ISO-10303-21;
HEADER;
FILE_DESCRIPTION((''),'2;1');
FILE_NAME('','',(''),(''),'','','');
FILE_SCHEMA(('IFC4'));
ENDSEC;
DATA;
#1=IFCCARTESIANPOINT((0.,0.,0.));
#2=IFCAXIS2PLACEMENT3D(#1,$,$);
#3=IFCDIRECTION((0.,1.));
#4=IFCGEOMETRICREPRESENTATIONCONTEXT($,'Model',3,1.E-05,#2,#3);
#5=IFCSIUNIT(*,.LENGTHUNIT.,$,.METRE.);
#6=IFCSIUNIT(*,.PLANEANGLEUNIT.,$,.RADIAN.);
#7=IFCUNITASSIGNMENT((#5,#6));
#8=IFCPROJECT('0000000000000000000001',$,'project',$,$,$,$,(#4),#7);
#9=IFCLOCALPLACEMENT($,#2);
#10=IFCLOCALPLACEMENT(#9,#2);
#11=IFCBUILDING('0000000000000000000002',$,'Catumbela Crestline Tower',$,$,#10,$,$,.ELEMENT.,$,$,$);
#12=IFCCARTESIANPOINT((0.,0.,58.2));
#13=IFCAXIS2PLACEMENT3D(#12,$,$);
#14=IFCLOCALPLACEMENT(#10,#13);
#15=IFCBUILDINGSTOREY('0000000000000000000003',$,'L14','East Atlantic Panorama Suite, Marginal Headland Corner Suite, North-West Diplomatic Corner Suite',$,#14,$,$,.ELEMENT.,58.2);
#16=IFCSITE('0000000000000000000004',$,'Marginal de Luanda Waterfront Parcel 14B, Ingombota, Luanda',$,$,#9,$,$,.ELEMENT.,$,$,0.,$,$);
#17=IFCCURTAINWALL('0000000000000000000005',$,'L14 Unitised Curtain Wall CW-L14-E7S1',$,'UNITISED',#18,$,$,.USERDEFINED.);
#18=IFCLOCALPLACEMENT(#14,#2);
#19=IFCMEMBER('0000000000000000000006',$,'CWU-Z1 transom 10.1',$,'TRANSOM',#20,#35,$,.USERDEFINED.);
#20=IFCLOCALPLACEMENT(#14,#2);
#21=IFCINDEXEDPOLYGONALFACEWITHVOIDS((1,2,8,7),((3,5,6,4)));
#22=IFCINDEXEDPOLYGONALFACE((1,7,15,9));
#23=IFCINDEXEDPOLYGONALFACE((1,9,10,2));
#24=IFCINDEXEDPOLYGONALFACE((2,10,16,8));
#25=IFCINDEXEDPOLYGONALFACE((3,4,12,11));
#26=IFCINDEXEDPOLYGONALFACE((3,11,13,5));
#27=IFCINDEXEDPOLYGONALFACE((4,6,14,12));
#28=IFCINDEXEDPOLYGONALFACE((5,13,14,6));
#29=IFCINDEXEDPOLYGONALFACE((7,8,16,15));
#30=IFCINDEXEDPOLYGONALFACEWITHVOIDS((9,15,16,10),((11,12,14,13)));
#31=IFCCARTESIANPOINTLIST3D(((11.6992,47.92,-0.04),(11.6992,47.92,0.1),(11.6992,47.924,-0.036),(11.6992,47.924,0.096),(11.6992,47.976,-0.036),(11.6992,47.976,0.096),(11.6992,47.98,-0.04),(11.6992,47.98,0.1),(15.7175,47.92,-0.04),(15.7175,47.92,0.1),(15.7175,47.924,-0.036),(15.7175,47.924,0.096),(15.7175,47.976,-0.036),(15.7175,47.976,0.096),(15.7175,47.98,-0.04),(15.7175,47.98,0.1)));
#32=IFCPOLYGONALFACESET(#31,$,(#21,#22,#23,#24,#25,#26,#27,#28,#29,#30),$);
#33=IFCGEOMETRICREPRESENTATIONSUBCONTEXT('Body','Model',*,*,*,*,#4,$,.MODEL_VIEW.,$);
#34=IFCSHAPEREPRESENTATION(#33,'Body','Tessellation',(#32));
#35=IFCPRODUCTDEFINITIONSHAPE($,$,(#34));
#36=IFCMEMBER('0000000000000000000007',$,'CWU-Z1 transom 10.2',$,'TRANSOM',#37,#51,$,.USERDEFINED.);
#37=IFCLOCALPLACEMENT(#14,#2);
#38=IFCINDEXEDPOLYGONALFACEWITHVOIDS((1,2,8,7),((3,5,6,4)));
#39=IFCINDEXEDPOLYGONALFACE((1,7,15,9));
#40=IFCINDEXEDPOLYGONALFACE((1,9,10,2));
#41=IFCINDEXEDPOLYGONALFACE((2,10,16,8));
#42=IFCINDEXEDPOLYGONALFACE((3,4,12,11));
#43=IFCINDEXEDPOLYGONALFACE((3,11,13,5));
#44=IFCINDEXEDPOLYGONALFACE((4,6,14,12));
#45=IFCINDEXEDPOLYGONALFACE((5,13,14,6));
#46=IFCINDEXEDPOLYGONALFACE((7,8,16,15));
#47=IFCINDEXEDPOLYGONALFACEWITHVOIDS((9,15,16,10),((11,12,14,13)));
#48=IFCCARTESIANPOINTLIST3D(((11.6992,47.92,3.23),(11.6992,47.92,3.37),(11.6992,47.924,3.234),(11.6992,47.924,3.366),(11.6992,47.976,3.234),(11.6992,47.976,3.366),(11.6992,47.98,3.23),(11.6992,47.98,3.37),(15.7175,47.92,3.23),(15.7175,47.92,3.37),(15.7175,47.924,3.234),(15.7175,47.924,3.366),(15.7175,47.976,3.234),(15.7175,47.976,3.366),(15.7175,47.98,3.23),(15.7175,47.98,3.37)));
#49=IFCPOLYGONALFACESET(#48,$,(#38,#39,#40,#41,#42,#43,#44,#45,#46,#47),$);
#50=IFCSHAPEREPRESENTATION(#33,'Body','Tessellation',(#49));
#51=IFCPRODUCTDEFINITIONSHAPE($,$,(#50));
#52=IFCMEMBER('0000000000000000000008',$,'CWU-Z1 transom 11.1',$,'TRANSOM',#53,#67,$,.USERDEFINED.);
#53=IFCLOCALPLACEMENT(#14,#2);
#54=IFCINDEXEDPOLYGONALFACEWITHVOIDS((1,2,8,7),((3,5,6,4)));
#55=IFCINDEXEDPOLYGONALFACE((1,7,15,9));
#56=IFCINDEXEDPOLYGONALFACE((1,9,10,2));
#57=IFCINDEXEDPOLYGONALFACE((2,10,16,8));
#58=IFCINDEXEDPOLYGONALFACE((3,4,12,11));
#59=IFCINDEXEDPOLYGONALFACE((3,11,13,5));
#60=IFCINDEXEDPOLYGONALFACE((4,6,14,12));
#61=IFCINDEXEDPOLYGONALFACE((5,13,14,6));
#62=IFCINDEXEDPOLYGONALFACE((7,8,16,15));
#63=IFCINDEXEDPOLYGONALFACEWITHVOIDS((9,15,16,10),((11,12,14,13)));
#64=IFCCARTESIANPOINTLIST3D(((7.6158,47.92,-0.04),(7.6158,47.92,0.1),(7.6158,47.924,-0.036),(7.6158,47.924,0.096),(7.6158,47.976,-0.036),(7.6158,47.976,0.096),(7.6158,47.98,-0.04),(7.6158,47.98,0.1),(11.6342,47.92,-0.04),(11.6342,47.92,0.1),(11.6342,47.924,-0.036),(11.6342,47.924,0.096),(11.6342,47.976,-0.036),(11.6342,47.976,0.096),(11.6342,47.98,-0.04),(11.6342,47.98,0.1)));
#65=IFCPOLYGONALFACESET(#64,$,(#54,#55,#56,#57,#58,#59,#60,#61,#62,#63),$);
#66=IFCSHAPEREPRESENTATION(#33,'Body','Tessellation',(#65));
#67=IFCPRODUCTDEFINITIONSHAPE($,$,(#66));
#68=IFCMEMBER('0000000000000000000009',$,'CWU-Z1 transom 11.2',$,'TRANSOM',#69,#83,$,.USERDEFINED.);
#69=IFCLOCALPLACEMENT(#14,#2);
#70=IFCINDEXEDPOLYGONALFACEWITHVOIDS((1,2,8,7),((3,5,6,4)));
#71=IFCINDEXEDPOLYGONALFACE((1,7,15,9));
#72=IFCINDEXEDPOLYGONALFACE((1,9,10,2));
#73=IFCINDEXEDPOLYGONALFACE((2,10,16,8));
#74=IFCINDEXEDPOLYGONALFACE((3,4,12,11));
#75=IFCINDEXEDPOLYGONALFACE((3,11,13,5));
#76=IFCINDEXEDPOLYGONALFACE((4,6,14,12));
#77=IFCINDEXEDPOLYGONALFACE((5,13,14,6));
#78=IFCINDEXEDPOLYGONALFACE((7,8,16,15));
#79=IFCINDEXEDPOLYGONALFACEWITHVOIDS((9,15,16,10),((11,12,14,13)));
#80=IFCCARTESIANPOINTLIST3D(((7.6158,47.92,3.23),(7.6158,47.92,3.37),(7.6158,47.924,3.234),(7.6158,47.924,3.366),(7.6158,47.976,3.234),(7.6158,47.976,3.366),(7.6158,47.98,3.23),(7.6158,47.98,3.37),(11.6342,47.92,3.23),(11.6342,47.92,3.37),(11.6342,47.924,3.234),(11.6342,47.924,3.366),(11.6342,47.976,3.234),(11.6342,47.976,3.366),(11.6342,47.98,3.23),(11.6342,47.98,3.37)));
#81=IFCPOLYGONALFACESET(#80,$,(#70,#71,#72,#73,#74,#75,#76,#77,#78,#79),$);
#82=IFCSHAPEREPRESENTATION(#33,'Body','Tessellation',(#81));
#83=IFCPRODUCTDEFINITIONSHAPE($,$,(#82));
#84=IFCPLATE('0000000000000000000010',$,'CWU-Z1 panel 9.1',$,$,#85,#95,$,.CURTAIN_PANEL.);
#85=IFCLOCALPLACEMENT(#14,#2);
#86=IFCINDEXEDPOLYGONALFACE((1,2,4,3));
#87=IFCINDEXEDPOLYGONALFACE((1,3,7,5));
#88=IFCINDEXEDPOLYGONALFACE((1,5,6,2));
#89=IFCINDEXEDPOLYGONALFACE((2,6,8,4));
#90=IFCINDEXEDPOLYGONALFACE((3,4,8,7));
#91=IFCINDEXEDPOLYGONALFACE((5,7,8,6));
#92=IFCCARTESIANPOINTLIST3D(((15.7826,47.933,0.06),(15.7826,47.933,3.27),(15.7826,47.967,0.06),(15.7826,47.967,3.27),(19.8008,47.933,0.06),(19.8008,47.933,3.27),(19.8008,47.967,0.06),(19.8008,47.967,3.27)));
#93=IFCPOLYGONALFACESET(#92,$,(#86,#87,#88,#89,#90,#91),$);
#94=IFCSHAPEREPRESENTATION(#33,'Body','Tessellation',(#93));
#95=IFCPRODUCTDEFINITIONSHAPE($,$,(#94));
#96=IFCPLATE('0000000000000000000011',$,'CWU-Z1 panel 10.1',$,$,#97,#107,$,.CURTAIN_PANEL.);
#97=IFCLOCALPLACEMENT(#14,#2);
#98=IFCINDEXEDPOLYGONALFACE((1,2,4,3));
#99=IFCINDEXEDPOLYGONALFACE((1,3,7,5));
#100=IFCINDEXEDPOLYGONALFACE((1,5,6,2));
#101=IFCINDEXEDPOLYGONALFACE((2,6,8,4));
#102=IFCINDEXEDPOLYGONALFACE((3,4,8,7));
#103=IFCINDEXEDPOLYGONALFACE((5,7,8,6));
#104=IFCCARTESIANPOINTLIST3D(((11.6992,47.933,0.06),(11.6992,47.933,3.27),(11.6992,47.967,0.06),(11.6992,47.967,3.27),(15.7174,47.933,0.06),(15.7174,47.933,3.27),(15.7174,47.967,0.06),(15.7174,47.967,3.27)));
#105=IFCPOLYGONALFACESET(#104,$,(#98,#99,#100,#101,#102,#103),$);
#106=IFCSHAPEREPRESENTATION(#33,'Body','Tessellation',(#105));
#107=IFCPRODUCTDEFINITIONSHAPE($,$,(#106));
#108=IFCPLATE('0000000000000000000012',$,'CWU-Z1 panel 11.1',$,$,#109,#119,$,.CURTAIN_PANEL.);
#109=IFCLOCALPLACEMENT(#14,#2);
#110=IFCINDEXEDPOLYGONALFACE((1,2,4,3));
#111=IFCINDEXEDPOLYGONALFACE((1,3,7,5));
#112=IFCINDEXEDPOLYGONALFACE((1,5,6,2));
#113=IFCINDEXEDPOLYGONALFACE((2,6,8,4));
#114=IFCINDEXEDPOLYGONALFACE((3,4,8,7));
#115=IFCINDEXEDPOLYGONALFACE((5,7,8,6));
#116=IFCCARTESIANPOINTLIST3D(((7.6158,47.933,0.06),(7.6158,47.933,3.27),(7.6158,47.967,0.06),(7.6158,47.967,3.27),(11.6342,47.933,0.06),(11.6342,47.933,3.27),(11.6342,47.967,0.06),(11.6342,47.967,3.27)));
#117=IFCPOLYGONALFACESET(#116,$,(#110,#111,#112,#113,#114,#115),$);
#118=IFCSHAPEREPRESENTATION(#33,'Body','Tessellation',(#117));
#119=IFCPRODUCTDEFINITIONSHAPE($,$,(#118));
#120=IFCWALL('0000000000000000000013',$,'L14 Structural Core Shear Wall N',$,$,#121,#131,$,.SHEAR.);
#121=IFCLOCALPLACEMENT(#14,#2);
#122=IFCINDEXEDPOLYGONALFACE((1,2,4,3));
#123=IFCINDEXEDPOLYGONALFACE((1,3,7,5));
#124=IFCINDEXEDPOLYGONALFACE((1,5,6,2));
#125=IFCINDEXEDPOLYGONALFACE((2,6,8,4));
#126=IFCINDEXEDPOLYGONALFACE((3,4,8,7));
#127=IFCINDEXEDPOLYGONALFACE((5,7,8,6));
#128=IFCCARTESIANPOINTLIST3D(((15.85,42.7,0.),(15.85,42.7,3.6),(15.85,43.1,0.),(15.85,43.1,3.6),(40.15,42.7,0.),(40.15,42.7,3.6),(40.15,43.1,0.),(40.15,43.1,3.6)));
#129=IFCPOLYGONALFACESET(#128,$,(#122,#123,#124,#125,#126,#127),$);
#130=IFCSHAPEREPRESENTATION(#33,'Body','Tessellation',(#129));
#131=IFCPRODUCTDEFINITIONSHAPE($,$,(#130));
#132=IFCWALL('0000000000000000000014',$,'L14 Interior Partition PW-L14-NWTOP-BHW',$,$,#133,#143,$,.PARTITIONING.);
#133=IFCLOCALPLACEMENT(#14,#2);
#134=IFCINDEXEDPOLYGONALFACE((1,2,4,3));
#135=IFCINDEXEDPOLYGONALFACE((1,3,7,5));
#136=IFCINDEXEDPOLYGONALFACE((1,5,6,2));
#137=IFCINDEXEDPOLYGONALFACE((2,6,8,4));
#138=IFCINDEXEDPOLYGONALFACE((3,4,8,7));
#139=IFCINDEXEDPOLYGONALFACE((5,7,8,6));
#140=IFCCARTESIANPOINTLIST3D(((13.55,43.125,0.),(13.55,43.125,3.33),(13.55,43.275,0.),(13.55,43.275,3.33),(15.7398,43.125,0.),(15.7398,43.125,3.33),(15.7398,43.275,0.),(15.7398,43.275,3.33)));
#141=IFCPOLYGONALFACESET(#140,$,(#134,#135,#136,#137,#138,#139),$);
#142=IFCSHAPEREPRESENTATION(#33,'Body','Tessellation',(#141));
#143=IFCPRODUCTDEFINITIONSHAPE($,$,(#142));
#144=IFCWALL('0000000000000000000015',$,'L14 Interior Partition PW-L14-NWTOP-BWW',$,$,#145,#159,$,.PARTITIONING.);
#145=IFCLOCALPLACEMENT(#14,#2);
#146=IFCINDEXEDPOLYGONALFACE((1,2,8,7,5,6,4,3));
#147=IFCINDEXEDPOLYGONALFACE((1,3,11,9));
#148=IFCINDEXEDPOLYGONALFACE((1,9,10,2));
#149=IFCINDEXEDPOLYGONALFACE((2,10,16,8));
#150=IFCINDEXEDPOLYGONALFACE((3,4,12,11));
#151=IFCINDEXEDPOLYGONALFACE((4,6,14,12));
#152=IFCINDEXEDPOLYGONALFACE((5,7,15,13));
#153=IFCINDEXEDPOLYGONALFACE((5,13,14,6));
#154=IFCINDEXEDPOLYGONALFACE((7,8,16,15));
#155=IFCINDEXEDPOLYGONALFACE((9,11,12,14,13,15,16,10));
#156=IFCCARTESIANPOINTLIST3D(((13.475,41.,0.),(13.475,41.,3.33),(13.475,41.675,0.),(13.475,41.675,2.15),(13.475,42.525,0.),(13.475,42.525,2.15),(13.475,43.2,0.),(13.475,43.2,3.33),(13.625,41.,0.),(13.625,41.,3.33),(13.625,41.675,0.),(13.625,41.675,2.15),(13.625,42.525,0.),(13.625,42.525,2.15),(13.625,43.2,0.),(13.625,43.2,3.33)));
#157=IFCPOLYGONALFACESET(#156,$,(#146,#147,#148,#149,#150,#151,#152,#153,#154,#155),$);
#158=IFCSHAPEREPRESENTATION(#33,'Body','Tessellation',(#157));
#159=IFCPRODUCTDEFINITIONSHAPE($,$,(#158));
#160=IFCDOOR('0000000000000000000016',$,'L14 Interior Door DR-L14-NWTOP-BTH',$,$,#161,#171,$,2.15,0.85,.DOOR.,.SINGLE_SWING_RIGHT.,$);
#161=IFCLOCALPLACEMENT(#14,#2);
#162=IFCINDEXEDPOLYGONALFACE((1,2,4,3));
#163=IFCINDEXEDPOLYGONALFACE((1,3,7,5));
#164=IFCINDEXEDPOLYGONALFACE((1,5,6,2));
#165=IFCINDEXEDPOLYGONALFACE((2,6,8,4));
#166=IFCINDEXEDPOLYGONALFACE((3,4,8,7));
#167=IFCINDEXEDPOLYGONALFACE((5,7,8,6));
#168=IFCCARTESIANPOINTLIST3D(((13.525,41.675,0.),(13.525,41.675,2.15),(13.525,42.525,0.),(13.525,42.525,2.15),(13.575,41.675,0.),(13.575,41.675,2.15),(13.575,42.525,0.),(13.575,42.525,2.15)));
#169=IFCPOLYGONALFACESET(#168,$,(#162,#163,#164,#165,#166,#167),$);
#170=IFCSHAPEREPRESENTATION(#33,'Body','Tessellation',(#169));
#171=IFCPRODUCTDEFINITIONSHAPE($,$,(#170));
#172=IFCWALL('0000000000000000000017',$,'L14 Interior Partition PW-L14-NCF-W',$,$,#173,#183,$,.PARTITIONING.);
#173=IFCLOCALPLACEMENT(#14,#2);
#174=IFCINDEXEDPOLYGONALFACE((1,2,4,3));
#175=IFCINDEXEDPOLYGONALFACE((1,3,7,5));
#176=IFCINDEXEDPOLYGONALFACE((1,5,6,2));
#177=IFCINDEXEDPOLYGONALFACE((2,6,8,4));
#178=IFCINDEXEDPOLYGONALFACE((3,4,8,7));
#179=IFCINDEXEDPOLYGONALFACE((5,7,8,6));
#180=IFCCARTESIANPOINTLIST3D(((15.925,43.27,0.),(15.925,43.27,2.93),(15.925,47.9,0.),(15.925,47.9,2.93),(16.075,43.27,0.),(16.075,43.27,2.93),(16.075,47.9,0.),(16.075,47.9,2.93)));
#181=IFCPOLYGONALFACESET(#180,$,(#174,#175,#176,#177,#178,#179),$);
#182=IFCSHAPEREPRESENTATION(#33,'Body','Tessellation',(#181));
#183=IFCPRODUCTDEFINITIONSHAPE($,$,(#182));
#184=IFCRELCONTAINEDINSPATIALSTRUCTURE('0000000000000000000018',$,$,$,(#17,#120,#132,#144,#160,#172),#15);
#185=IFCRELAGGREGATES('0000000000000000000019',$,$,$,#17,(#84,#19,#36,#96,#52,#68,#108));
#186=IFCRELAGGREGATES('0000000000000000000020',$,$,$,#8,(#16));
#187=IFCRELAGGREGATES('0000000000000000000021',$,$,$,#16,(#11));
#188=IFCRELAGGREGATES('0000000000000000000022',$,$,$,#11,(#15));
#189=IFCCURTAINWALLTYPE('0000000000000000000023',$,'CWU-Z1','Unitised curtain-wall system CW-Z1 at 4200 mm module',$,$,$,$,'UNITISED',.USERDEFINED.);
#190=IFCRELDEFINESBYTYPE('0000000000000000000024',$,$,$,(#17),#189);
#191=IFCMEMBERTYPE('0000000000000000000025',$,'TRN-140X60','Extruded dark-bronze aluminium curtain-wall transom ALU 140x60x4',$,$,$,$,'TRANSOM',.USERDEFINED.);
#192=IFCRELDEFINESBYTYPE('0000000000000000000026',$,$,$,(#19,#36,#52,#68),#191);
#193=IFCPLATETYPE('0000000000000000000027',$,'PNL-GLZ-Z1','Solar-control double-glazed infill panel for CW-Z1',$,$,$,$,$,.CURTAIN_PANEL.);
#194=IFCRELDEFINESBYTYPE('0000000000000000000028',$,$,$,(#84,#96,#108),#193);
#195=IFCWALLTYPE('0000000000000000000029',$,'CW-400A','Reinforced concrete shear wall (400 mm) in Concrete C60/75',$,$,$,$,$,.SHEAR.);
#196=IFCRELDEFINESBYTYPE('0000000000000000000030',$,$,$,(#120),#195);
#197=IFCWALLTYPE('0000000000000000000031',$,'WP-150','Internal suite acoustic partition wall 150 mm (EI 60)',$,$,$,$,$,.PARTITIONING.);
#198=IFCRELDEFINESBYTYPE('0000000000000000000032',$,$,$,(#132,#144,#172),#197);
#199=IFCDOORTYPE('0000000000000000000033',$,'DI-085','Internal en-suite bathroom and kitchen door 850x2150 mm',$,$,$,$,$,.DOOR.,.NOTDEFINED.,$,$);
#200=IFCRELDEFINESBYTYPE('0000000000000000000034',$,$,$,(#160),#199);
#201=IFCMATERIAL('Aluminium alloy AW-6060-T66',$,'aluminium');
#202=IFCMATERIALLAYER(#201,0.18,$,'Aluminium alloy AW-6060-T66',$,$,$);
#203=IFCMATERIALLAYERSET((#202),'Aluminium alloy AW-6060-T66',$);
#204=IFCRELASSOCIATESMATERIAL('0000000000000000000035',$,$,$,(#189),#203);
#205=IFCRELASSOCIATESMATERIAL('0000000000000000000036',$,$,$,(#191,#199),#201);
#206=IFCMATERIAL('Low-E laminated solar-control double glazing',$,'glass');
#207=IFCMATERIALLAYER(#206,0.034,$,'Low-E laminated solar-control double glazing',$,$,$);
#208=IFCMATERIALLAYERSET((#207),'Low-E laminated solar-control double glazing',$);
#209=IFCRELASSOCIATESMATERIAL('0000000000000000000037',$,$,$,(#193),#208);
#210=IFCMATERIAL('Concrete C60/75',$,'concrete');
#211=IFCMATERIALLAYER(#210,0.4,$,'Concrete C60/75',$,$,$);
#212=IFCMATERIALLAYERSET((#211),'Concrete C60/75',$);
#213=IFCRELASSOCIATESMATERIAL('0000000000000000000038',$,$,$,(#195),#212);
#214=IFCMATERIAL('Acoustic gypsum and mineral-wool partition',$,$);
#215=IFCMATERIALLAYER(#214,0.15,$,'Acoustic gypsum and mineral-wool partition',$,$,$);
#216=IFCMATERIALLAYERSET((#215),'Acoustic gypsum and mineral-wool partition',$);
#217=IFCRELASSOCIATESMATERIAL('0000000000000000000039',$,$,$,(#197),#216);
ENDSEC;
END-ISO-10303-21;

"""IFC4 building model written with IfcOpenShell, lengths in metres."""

from ifc_helpers import new_model, si_unit, direction, frame, frame_2d, origin, origin_2d, place, context, subcontext, project, spatial, rectangle, hollow_rectangle, extrude, material, layer, layer_set, material_profile, profile_set, type_object, element, fill, aggregate, save


model = new_model("IFC4")

# Units and contexts
model_context = context("Model", 3, precision=1e-05, world=origin(), true_north=direction((0.0, 1.0)))
body_context = subcontext(model_context, "Body", "Model", "MODEL_VIEW")
ifc_project = project(units=[si_unit("LENGTHUNIT", "METRE"), si_unit("PLANEANGLEUNIT", "RADIAN")], contexts=[model_context])

# Site, building, storey
site_placement = place(None, origin())
site = spatial("IfcSite", under=ifc_project, at=site_placement, Name="Marginal de Luanda Waterfront Parcel 14B, Ingombota, Luanda", CompositionType="ELEMENT", RefElevation=0.0)
building_placement = place(site_placement, origin())
building = spatial("IfcBuilding", under=site, at=building_placement, Name="Catumbela Crestline Tower", CompositionType="ELEMENT")
storey_placement = place(building_placement, frame((0.0, 0.0, 58.2)))
storey = spatial("IfcBuildingStorey", under=building, at=storey_placement, Name="L14", Description="East Atlantic Panorama Suite, Marginal Headland Corner Suite, North-West Diplomatic Corner Suite", CompositionType="ELEMENT", Elevation=58.2)

# Curtain wall
ifc_material_1 = material(Name="Aluminium alloy AW-6060-T66", Category="aluminium")
ifc_layer_1 = layer(ifc_material_1, 0.18, Name="Aluminium alloy AW-6060-T66")
ifc_layer_set_1 = layer_set([ifc_layer_1], Name="Aluminium alloy AW-6060-T66")
curtain_wall_type = type_object("IfcCurtainWallType", Name="CWU-Z1", Description="Unitised curtain-wall system CW-Z1 at 4200 mm module", ElementType="UNITISED", PredefinedType="USERDEFINED", material=ifc_layer_set_1)
curtain_wall_placement = place(storey_placement, origin())
curtain_wall = element("IfcCurtainWall", 1, at=curtain_wall_placement, inside=storey, type_object=curtain_wall_type, Name="L14 Unitised Curtain Wall CW-L14-E7S1", ObjectType="UNITISED", PredefinedType="USERDEFINED")

# Members
ifc_material_profile_1 = material_profile(ifc_material_1, hollow_rectangle(XDim=0.06, YDim=0.14, WallThickness=0.004, at=origin_2d()), Name="ALU 140x60x4")
ifc_profile_set_1 = profile_set([ifc_material_profile_1], Name="Aluminium alloy AW-6060-T66")
member_type_1 = type_object("IfcMemberType", Name="TRN-140X60", Description="Extruded dark-bronze aluminium curtain-wall transom ALU 140x60x4", ElementType="TRANSOM", PredefinedType="USERDEFINED", material=ifc_profile_set_1)
member_1_placement = place(storey_placement, frame((15.7175, 47.95, 0.03), z_axis=(-1.0, 0.0, 0.0), x_axis=(0.0, -1.0, 0.0)))
member_1 = element("IfcMember", 2, at=member_1_placement, type_object=member_type_1, Name="CWU-Z1 transom 10.1", ObjectType="TRANSOM", PredefinedType="USERDEFINED", context=body_context, shape_type="SweptSolid", body=[
    extrude(hollow_rectangle(XDim=0.06, YDim=0.14, WallThickness=0.004, at=origin_2d()), origin(), (0.0, 0.0, 1.0), 4.0183),
])
member_2_placement = place(storey_placement, frame((15.7175, 47.95, 3.3), z_axis=(-1.0, 0.0, 0.0), x_axis=(0.0, -1.0, 0.0)))
member_2 = element("IfcMember", 3, at=member_2_placement, type_object=member_type_1, Name="CWU-Z1 transom 10.2", ObjectType="TRANSOM", PredefinedType="USERDEFINED", context=body_context, shape_type="SweptSolid", body=[
    extrude(hollow_rectangle(XDim=0.06, YDim=0.14, WallThickness=0.004, at=origin_2d()), origin(), (0.0, 0.0, 1.0), 4.0183),
])
member_3_placement = place(storey_placement, frame((11.6342, 47.95, 0.03), z_axis=(-1.0, 0.0, 0.0), x_axis=(0.0, -1.0, 0.0)))
member_3 = element("IfcMember", 4, at=member_3_placement, type_object=member_type_1, Name="CWU-Z1 transom 11.1", ObjectType="TRANSOM", PredefinedType="USERDEFINED", context=body_context, shape_type="SweptSolid", body=[
    extrude(hollow_rectangle(XDim=0.06, YDim=0.14, WallThickness=0.004, at=origin_2d()), origin(), (0.0, 0.0, 1.0), 4.0184),
])
member_4_placement = place(storey_placement, frame((11.6342, 47.95, 3.3), z_axis=(-1.0, 0.0, 0.0), x_axis=(0.0, -1.0, 0.0)))
member_4 = element("IfcMember", 5, at=member_4_placement, type_object=member_type_1, Name="CWU-Z1 transom 11.2", ObjectType="TRANSOM", PredefinedType="USERDEFINED", context=body_context, shape_type="SweptSolid", body=[
    extrude(hollow_rectangle(XDim=0.06, YDim=0.14, WallThickness=0.004, at=origin_2d()), origin(), (0.0, 0.0, 1.0), 4.0184),
])

# Plates
ifc_material_2 = material(Name="Low-E laminated solar-control double glazing", Category="glass")
ifc_layer_2 = layer(ifc_material_2, 0.034, Name="Low-E laminated solar-control double glazing")
ifc_layer_set_2 = layer_set([ifc_layer_2], Name="Low-E laminated solar-control double glazing")
plate_type = type_object("IfcPlateType", Name="PNL-GLZ-Z1", Description="Solar-control double-glazed infill panel for CW-Z1", PredefinedType="CURTAIN_PANEL", material=ifc_layer_set_2)
plate_1_placement = place(storey_placement, frame((17.7917, 47.95, 0.06), z_axis=(0.0, 0.0, 1.0), x_axis=(-1.0, 0.0, 0.0)))
plate_1 = element("IfcPlate", 6, at=plate_1_placement, type_object=plate_type, Name="CWU-Z1 panel 9.1", PredefinedType="CURTAIN_PANEL", context=body_context, shape_type="SweptSolid", body=[
    extrude(rectangle(XDim=4.0183, YDim=0.034, at=origin_2d()), origin(), (0.0, 0.0, 1.0), 3.21),
])
plate_2_placement = place(storey_placement, frame((13.7083, 47.95, 0.06), z_axis=(0.0, 0.0, 1.0), x_axis=(-1.0, 0.0, 0.0)))
plate_2 = element("IfcPlate", 7, at=plate_2_placement, type_object=plate_type, Name="CWU-Z1 panel 10.1", PredefinedType="CURTAIN_PANEL", context=body_context, shape_type="SweptSolid", body=[
    extrude(rectangle(XDim=4.0183, YDim=0.034, at=origin_2d()), origin(), (0.0, 0.0, 1.0), 3.21),
])
plate_3_placement = place(storey_placement, frame((9.625, 47.95, 0.06), z_axis=(0.0, 0.0, 1.0), x_axis=(-1.0, 0.0, 0.0)))
plate_3 = element("IfcPlate", 8, at=plate_3_placement, type_object=plate_type, Name="CWU-Z1 panel 11.1", PredefinedType="CURTAIN_PANEL", context=body_context, shape_type="SweptSolid", body=[
    extrude(rectangle(XDim=4.0183, YDim=0.034, at=origin_2d()), origin(), (0.0, 0.0, 1.0), 3.21),
])
aggregate(curtain_wall, [plate_1, member_1, member_2, plate_2, member_3, member_4, plate_3])

# Walls
ifc_material_3 = material(Name="Concrete C60/75", Category="concrete")
ifc_layer_3 = layer(ifc_material_3, 0.4, Name="Concrete C60/75")
ifc_layer_set_3 = layer_set([ifc_layer_3], Name="Concrete C60/75")
wall_type_1 = type_object("IfcWallType", Name="CW-400A", Description="Reinforced concrete shear wall (400 mm) in Concrete C60/75", PredefinedType="SHEAR", material=ifc_layer_set_3)
wall_1_placement = place(storey_placement, frame((15.85, 42.9, 0.0), z_axis=(0.0, 0.0, 1.0), x_axis=(1.0, 0.0, 0.0)))
element("IfcWall", 9, at=wall_1_placement, inside=storey, type_object=wall_type_1, Name="L14 Structural Core Shear Wall N", PredefinedType="SHEAR", context=body_context, shape_type="SweptSolid", body=[
    extrude(rectangle(XDim=24.3, YDim=0.4, at=frame_2d((12.15, 0.0))), origin(), (0.0, 0.0, 1.0), 3.6),
])
ifc_material_4 = material(Name="Acoustic gypsum and mineral-wool partition")
ifc_layer_4 = layer(ifc_material_4, 0.15, Name="Acoustic gypsum and mineral-wool partition")
ifc_layer_set_4 = layer_set([ifc_layer_4], Name="Acoustic gypsum and mineral-wool partition")
wall_type_2 = type_object("IfcWallType", Name="WP-150", Description="Internal suite acoustic partition wall 150 mm (EI 60)", PredefinedType="PARTITIONING", material=ifc_layer_set_4)
wall_2_placement = place(storey_placement, frame((13.55, 43.2, 0.0), z_axis=(0.0, 0.0, 1.0), x_axis=(1.0, 0.0, 0.0)))
element("IfcWall", 10, at=wall_2_placement, inside=storey, type_object=wall_type_2, Name="L14 Interior Partition PW-L14-NWTOP-BHW", PredefinedType="PARTITIONING", context=body_context, shape_type="SweptSolid", body=[
    extrude(rectangle(XDim=2.1897, YDim=0.15, at=frame_2d((1.0949, 0.0))), origin(), (0.0, 0.0, 1.0), 3.33),
])

# Wall, opening, door
wall_3_placement = place(storey_placement, frame((13.55, 41.0, 0.0), z_axis=(0.0, 0.0, 1.0), x_axis=(0.0, 1.0, 0.0)))
wall_3 = element("IfcWall", 11, at=wall_3_placement, inside=storey, type_object=wall_type_2, Name="L14 Interior Partition PW-L14-NWTOP-BWW", PredefinedType="PARTITIONING", context=body_context, shape_type="SweptSolid", body=[
    extrude(rectangle(XDim=2.2, YDim=0.15, at=frame_2d((1.1, 0.0))), origin(), (0.0, 0.0, 1.0), 3.33),
])
opening_placement = place(wall_3_placement, frame((0.675, 0.0, 0.0)))
opening = element("IfcOpeningElement", 12, at=opening_placement, cuts=wall_3, PredefinedType="OPENING", context=body_context, shape_type="SweptSolid", body=[
    extrude(rectangle(XDim=0.85, YDim=2.15, at=frame_2d((0.425, 1.075))), frame((0.0, 0.085, 0.0), z_axis=(0.0, -1.0, 0.0), x_axis=(1.0, 0.0, 0.0)), (0.0, 0.0, 1.0), 0.17),
])
door_type = type_object("IfcDoorType", Name="DI-085", Description="Internal en-suite bathroom and kitchen door 850x2150 mm", OperationType="NOTDEFINED", PredefinedType="DOOR", material=ifc_material_1)
door_placement = place(opening_placement, origin())
door = element("IfcDoor", 13, at=door_placement, inside=storey, type_object=door_type, Name="L14 Interior Door DR-L14-NWTOP-BTH", OperationType="SINGLE_SWING_RIGHT", OverallHeight=2.15, OverallWidth=0.85, PredefinedType="DOOR", context=body_context, shape_type="SweptSolid", body=[
    extrude(rectangle(XDim=0.85, YDim=2.15, at=frame_2d((0.425, 1.075))), frame((0.0, 0.025, 0.0), z_axis=(0.0, -1.0, 0.0), x_axis=(1.0, 0.0, 0.0)), (0.0, 0.0, 1.0), 0.05),
])
fill(opening, door)

# Wall
wall_4_placement = place(storey_placement, frame((16.0, 43.27, 0.0), z_axis=(0.0, 0.0, 1.0), x_axis=(0.0, 1.0, 0.0)))
element("IfcWall", 14, at=wall_4_placement, inside=storey, type_object=wall_type_2, Name="L14 Interior Partition PW-L14-NCF-W", PredefinedType="PARTITIONING", context=body_context, shape_type="SweptSolid", body=[
    extrude(rectangle(XDim=4.63, YDim=0.15, at=frame_2d((2.315, 0.0))), origin(), (0.0, 0.0, 1.0), 2.93),
])

save(model, "model.ifc")
